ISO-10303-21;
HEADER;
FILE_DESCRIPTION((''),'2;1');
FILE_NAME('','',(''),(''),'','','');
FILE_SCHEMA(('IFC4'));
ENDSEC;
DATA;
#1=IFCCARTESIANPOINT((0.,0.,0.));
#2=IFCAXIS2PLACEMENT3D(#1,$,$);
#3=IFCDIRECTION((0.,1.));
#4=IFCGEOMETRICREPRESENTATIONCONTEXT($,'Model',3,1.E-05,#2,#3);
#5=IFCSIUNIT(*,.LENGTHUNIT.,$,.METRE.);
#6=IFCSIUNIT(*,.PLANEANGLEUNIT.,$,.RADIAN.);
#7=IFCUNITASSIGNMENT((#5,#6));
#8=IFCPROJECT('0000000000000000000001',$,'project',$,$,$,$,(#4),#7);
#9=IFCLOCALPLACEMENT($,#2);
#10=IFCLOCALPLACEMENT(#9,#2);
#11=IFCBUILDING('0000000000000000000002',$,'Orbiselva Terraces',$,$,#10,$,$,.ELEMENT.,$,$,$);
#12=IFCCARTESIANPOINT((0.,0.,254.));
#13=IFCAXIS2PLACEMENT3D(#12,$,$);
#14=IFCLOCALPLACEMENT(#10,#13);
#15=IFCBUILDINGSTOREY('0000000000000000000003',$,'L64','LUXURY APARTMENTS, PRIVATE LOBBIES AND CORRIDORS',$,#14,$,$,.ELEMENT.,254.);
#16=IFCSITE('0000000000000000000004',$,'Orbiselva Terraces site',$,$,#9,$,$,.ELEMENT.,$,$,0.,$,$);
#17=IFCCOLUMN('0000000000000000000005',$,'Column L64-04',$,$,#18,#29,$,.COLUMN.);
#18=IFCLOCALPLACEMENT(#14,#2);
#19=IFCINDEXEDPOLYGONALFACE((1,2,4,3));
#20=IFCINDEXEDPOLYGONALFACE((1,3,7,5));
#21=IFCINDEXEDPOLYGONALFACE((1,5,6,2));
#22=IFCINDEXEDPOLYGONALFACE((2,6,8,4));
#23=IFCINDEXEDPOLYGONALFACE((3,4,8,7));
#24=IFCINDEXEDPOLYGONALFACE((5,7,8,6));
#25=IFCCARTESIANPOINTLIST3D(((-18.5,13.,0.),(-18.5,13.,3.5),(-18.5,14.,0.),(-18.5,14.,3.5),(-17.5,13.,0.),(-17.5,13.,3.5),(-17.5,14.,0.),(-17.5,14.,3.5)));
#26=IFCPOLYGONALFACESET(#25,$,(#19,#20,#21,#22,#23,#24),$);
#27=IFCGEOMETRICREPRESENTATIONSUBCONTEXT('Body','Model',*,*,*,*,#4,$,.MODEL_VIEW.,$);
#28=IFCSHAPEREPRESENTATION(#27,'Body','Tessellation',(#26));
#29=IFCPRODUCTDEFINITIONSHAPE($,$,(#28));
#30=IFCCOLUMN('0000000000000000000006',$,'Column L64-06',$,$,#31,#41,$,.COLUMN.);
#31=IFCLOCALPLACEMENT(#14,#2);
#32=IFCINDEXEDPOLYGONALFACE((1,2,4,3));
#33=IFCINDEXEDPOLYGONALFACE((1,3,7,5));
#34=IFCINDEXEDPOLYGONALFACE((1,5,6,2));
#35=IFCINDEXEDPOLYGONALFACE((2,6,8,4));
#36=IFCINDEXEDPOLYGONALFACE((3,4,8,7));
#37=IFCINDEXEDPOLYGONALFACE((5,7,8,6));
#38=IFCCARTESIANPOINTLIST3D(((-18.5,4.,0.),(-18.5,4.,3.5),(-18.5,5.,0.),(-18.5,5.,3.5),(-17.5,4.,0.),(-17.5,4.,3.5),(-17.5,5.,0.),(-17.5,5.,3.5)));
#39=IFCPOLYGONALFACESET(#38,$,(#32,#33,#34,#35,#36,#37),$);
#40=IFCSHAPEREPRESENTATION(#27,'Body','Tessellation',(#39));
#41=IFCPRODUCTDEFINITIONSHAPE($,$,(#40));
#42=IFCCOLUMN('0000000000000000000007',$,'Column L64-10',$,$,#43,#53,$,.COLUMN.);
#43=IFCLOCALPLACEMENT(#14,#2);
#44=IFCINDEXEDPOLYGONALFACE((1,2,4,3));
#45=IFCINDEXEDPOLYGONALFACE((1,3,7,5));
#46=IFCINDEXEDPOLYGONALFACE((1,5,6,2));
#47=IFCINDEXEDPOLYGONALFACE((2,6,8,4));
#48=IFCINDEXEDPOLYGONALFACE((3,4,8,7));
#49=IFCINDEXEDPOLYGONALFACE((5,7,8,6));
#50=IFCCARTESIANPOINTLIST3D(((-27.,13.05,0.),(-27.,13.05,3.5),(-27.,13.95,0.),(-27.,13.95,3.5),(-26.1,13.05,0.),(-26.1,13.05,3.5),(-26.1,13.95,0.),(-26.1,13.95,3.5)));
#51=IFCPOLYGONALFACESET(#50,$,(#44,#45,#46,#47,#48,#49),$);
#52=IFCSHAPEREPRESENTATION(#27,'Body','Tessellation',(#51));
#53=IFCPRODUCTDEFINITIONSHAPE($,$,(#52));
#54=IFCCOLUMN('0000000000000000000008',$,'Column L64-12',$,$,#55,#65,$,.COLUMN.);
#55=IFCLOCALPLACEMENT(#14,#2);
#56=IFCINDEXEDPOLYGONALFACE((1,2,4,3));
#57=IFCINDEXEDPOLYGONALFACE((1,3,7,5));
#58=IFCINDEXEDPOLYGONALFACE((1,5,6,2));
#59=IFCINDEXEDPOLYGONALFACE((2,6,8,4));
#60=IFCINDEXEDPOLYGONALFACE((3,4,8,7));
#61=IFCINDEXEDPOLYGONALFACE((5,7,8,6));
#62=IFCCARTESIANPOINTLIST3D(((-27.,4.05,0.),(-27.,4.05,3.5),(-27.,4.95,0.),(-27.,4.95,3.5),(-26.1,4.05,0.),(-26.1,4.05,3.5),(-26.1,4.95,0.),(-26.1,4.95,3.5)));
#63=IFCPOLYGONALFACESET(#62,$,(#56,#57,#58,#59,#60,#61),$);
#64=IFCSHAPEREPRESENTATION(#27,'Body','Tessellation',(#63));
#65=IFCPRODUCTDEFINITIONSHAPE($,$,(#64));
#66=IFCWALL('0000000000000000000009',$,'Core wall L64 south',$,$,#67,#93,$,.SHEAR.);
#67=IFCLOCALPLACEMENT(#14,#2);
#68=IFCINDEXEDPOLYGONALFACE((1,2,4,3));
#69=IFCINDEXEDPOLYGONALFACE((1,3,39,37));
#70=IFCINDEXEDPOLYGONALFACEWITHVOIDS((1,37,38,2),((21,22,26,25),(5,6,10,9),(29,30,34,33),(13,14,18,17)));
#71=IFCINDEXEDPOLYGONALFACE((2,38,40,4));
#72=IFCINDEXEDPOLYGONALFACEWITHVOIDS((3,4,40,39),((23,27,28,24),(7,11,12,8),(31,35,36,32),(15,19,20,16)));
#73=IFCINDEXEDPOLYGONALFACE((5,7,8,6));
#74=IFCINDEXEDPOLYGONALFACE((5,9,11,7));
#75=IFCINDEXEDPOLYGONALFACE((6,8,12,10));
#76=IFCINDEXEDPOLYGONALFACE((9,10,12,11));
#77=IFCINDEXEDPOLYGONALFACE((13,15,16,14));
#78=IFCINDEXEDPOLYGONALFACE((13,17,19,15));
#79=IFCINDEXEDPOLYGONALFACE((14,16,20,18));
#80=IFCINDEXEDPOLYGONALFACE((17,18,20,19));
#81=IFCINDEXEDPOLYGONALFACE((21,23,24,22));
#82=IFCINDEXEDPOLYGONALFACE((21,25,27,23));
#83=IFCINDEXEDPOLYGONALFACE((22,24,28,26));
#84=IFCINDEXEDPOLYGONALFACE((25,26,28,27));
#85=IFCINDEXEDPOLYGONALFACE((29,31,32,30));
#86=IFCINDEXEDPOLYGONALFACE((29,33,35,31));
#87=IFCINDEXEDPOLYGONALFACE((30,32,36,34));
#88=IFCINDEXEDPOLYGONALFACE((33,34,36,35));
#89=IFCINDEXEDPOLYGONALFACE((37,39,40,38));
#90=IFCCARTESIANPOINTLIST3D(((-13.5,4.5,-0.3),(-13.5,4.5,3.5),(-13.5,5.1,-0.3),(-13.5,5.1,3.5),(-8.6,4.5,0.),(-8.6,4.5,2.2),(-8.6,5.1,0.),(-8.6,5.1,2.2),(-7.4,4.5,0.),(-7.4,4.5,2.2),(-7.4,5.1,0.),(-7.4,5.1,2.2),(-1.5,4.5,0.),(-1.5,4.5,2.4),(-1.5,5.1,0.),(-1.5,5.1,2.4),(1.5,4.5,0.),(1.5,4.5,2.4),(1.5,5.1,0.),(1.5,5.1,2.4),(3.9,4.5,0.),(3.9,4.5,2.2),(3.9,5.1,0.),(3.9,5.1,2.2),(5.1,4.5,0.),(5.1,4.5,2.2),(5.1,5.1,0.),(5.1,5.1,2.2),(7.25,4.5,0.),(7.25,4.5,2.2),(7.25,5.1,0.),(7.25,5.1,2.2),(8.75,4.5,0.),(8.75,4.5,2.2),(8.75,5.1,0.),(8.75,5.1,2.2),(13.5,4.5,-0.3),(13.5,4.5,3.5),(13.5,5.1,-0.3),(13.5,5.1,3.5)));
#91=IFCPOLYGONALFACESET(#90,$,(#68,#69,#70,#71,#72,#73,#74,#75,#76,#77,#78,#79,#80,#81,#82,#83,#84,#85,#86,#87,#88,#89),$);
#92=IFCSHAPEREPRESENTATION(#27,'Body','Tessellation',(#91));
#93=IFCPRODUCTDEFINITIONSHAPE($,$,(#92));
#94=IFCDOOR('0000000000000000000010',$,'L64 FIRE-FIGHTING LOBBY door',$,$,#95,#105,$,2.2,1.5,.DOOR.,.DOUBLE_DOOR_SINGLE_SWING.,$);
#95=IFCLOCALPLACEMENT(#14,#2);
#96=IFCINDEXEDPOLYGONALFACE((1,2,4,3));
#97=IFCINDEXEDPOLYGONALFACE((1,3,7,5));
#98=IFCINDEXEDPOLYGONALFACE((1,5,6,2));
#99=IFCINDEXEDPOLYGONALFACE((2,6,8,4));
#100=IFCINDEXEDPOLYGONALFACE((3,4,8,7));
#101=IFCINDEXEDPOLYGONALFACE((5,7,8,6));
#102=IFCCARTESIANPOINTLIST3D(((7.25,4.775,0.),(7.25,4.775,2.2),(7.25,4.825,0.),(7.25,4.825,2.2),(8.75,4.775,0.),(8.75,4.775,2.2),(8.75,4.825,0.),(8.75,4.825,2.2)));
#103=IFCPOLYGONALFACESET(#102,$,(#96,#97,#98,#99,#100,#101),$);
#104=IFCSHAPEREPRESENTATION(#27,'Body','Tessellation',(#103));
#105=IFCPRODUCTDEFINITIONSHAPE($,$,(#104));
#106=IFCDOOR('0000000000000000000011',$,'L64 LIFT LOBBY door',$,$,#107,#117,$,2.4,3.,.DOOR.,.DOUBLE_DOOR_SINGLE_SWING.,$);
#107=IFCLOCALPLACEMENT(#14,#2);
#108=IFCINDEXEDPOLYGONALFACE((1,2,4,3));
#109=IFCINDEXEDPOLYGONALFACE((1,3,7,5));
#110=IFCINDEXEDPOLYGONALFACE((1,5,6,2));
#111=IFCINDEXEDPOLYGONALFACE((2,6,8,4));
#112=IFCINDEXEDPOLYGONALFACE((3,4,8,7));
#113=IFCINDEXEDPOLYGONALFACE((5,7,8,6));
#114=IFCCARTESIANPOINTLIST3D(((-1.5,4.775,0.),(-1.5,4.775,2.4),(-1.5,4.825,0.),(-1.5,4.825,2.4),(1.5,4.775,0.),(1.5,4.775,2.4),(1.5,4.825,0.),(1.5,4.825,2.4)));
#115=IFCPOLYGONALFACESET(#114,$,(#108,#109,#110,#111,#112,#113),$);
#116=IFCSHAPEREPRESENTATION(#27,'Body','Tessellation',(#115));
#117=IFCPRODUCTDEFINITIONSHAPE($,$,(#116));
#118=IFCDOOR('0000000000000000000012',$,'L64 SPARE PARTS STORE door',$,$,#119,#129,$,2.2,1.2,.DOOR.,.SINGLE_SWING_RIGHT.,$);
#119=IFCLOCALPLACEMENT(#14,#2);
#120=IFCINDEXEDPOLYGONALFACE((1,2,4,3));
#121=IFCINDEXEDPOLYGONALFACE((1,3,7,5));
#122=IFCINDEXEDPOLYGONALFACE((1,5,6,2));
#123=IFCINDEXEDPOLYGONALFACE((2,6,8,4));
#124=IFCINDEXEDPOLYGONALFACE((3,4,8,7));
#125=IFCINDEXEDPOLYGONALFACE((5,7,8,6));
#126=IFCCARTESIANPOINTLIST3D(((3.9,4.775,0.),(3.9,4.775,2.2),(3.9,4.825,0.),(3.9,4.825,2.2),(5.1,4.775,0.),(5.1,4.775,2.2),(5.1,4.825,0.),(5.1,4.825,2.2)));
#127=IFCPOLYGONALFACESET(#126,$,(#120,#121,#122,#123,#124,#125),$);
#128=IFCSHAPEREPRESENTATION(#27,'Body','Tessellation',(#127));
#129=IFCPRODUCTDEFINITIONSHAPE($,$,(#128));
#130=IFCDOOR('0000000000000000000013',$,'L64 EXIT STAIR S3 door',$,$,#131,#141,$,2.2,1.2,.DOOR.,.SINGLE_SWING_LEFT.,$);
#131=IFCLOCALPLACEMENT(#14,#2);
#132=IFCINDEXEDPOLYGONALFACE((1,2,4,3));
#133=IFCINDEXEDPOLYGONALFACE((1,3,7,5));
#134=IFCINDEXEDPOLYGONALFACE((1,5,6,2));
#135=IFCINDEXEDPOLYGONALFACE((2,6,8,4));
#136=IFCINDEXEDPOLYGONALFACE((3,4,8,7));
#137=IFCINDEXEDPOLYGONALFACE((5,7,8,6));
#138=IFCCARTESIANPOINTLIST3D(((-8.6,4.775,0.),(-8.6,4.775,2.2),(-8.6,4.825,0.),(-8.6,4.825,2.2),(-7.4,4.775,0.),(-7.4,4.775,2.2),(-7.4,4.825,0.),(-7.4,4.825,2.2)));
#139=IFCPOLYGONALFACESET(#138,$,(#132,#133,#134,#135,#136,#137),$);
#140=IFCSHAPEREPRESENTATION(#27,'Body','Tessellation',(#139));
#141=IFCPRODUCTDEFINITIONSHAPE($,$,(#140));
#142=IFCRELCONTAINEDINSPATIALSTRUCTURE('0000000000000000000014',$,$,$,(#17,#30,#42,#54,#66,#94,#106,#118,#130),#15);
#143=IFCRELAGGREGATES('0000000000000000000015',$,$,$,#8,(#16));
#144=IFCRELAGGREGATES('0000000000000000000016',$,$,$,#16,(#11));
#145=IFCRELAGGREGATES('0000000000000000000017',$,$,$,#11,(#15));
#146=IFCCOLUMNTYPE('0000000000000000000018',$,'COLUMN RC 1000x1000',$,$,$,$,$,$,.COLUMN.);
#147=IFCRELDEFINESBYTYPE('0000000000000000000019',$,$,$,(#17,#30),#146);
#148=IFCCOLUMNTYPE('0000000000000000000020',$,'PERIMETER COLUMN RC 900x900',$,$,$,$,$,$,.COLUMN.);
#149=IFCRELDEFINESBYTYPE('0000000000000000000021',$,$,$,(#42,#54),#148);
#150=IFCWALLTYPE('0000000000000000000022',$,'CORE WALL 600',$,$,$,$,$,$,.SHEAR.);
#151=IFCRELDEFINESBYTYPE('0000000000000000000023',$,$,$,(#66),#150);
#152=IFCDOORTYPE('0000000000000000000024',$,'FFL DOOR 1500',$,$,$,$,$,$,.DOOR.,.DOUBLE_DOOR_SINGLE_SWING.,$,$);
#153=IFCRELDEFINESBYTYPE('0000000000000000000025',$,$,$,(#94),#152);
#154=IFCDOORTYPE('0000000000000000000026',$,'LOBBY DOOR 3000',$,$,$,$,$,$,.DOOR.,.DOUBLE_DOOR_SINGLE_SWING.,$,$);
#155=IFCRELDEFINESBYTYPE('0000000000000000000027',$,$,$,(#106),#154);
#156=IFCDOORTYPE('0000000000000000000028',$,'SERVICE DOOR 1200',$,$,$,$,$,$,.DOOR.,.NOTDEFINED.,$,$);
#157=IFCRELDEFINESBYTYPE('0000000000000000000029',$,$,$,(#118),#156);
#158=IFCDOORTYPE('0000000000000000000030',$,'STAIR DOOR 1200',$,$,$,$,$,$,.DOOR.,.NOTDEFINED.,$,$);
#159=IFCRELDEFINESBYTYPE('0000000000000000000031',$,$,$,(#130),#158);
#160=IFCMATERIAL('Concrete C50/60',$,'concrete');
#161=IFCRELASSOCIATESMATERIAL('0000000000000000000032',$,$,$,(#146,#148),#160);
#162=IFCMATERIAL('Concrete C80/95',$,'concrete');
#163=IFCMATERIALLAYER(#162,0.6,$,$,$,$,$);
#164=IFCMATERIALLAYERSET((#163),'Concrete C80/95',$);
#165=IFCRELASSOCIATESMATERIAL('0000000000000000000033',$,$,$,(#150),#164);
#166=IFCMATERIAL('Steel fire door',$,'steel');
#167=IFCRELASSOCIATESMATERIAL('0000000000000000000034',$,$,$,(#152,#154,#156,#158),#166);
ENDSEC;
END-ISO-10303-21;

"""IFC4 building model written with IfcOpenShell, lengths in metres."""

from ifc_helpers import new_model, si_unit, direction, frame, frame_2d, origin, origin_2d, place, context, subcontext, project, spatial, rectangle, extrude, material, layer, layer_set, material_profile, profile_set, type_object, element, fill, save


model = new_model("IFC4")

# Units and contexts
model_context = context("Model", 3, precision=1e-05, world=origin(), true_north=direction((0.0, 1.0)))
body_context = subcontext(model_context, "Body", "Model", "MODEL_VIEW")
ifc_project = project(units=[si_unit("LENGTHUNIT", "METRE"), si_unit("PLANEANGLEUNIT", "RADIAN")], contexts=[model_context])

# Site, building, storey
site_placement = place(None, origin())
site = spatial("IfcSite", under=ifc_project, at=site_placement, Name="Orbiselva Terraces site", CompositionType="ELEMENT", RefElevation=0.0)
building_placement = place(site_placement, origin())
building = spatial("IfcBuilding", under=site, at=building_placement, Name="Orbiselva Terraces", CompositionType="ELEMENT")
storey_placement = place(building_placement, frame((0.0, 0.0, 254.0)))
storey = spatial("IfcBuildingStorey", under=building, at=storey_placement, Name="L64", Description="LUXURY APARTMENTS, PRIVATE LOBBIES AND CORRIDORS", CompositionType="ELEMENT", Elevation=254.0)

# Columns
ifc_material_1 = material(Name="Concrete C50/60", Category="concrete")
ifc_material_profile_1 = material_profile(ifc_material_1, rectangle(XDim=1.0, YDim=1.0, at=origin_2d()), Name="RC 1000x1000")
ifc_profile_set_1 = profile_set([ifc_material_profile_1], Name="Concrete C50/60")
column_type_1 = type_object("IfcColumnType", Name="COLUMN RC 1000x1000", PredefinedType="COLUMN", material=ifc_profile_set_1)
for number, where, z_axis, x_axis, name in (
    (1, (-18.0, 13.5, 0.0), (0.0, 0.0, 1.0), (1.0, 0.0, 0.0), "Column L64-04"),
    (2, (-18.0, 4.5, 0.0), (0.0, 0.0, 1.0), (1.0, 0.0, 0.0), "Column L64-06"),
):
    element("IfcColumn", number, at=place(storey_placement, frame(where, z_axis=z_axis, x_axis=x_axis)), inside=storey, type_object=column_type_1, Name=name, PredefinedType="COLUMN", context=body_context, shape_type="SweptSolid", body=[
        extrude(rectangle(XDim=1.0, YDim=1.0, at=origin_2d()), origin(), (0.0, 0.0, 1.0), 3.5),
    ])
ifc_material_profile_2 = material_profile(ifc_material_1, rectangle(XDim=0.9, YDim=0.9, at=origin_2d()), Name="RC 900x900")
ifc_profile_set_2 = profile_set([ifc_material_profile_2], Name="Concrete C50/60")
column_type_2 = type_object("IfcColumnType", Name="PERIMETER COLUMN RC 900x900", PredefinedType="COLUMN", material=ifc_profile_set_2)
for number, where, z_axis, x_axis, name in (
    (3, (-26.55, 13.5, 0.0), (0.0, 0.0, 1.0), (1.0, 0.0, 0.0), "Column L64-10"),
    (4, (-26.55, 4.5, 0.0), (0.0, 0.0, 1.0), (1.0, 0.0, 0.0), "Column L64-12"),
):
    element("IfcColumn", number, at=place(storey_placement, frame(where, z_axis=z_axis, x_axis=x_axis)), inside=storey, type_object=column_type_2, Name=name, PredefinedType="COLUMN", context=body_context, shape_type="SweptSolid", body=[
        extrude(rectangle(XDim=0.9, YDim=0.9, at=origin_2d()), origin(), (0.0, 0.0, 1.0), 3.5),
    ])

# Wall, openings, doors
ifc_material_2 = material(Name="Concrete C80/95", Category="concrete")
ifc_layer_1 = layer(ifc_material_2, 0.6)
ifc_layer_set_1 = layer_set([ifc_layer_1], Name="Concrete C80/95")
wall_type_1 = type_object("IfcWallType", Name="CORE WALL 600", PredefinedType="SHEAR", material=ifc_layer_set_1)
wall_1_placement = place(storey_placement, frame((-13.5, 4.8, -0.3), z_axis=(0.0, 0.0, 1.0), x_axis=(1.0, 0.0, 0.0)))
wall_1 = element("IfcWall", 5, at=wall_1_placement, inside=storey, type_object=wall_type_1, Name="Core wall L64 south", PredefinedType="SHEAR", context=body_context, shape_type="SweptSolid", body=[
    extrude(rectangle(XDim=27.0, YDim=0.6, at=frame_2d((13.5, 0.0))), origin(), (0.0, 0.0, 1.0), 3.8),
])
opening_1_placement = place(wall_1_placement, frame((12.0, 0.0, 0.3)))
opening_1 = element("IfcOpeningElement", 6, at=opening_1_placement, cuts=wall_1, PredefinedType="OPENING", context=body_context, shape_type="SweptSolid", body=[
    extrude(rectangle(XDim=3.0, YDim=2.4, at=frame_2d((1.5, 1.2))), frame((0.0, 0.31, 0.0), z_axis=(0.0, -1.0, 0.0), x_axis=(1.0, 0.0, 0.0)), (0.0, 0.0, 1.0), 0.62),
])
opening_2_placement = place(wall_1_placement, frame((4.9, 0.0, 0.3)))
opening_2 = element("IfcOpeningElement", 7, at=opening_2_placement, cuts=wall_1, PredefinedType="OPENING", context=body_context, shape_type="SweptSolid", body=[
    extrude(rectangle(XDim=1.2, YDim=2.2, at=frame_2d((0.6, 1.1))), frame((0.0, 0.31, 0.0), z_axis=(0.0, -1.0, 0.0), x_axis=(1.0, 0.0, 0.0)), (0.0, 0.0, 1.0), 0.62),
])
opening_3_placement = place(wall_1_placement, frame((20.75, 0.0, 0.3)))
opening_3 = element("IfcOpeningElement", 8, at=opening_3_placement, cuts=wall_1, PredefinedType="OPENING", context=body_context, shape_type="SweptSolid", body=[
    extrude(rectangle(XDim=1.5, YDim=2.2, at=frame_2d((0.75, 1.1))), frame((0.0, 0.31, 0.0), z_axis=(0.0, -1.0, 0.0), x_axis=(1.0, 0.0, 0.0)), (0.0, 0.0, 1.0), 0.62),
])
opening_4_placement = place(wall_1_placement, frame((17.4, 0.0, 0.3)))
opening_4 = element("IfcOpeningElement", 9, at=opening_4_placement, cuts=wall_1, PredefinedType="OPENING", context=body_context, shape_type="SweptSolid", body=[
    extrude(rectangle(XDim=1.2, YDim=2.2, at=frame_2d((0.6, 1.1))), frame((0.0, 0.31, 0.0), z_axis=(0.0, -1.0, 0.0), x_axis=(1.0, 0.0, 0.0)), (0.0, 0.0, 1.0), 0.62),
])
ifc_material_3 = material(Name="Steel fire door", Category="steel")
door_type_1 = type_object("IfcDoorType", Name="FFL DOOR 1500", OperationType="DOUBLE_DOOR_SINGLE_SWING", PredefinedType="DOOR", material=ifc_material_3)
door_1_placement = place(opening_3_placement, frame((1.5, 0.0, 0.0), z_axis=(0.0, 0.0, 1.0), x_axis=(-1.0, 0.0, 0.0)))
door_1 = element("IfcDoor", 10, at=door_1_placement, inside=storey, type_object=door_type_1, Name="L64 FIRE-FIGHTING LOBBY door", OperationType="DOUBLE_DOOR_SINGLE_SWING", OverallHeight=2.2, OverallWidth=1.5, PredefinedType="DOOR", context=body_context, shape_type="SweptSolid", body=[
    extrude(rectangle(XDim=1.5, YDim=2.2, at=frame_2d((0.75, 1.1))), frame((0.0, 0.025, 0.0), z_axis=(0.0, -1.0, 0.0), x_axis=(1.0, 0.0, 0.0)), (0.0, 0.0, 1.0), 0.05),
])
fill(opening_3, door_1)
door_type_2 = type_object("IfcDoorType", Name="LOBBY DOOR 3000", OperationType="DOUBLE_DOOR_SINGLE_SWING", PredefinedType="DOOR", material=ifc_material_3)
door_2_placement = place(opening_1_placement, frame((3.0, 0.0, 0.0), z_axis=(0.0, 0.0, 1.0), x_axis=(-1.0, 0.0, 0.0)))
door_2 = element("IfcDoor", 11, at=door_2_placement, inside=storey, type_object=door_type_2, Name="L64 LIFT LOBBY door", OperationType="DOUBLE_DOOR_SINGLE_SWING", OverallHeight=2.4, OverallWidth=3.0, PredefinedType="DOOR", context=body_context, shape_type="SweptSolid", body=[
    extrude(rectangle(XDim=3.0, YDim=2.4, at=frame_2d((1.5, 1.2))), frame((0.0, 0.025, 0.0), z_axis=(0.0, -1.0, 0.0), x_axis=(1.0, 0.0, 0.0)), (0.0, 0.0, 1.0), 0.05),
])
fill(opening_1, door_2)
door_type_3 = type_object("IfcDoorType", Name="SERVICE DOOR 1200", OperationType="NOTDEFINED", PredefinedType="DOOR", material=ifc_material_3)
door_3_placement = place(opening_4_placement, frame((1.2, 0.0, 0.0), z_axis=(0.0, 0.0, 1.0), x_axis=(-1.0, 0.0, 0.0)))
door_3 = element("IfcDoor", 12, at=door_3_placement, inside=storey, type_object=door_type_3, Name="L64 SPARE PARTS STORE door", OperationType="SINGLE_SWING_RIGHT", OverallHeight=2.2, OverallWidth=1.2, PredefinedType="DOOR", context=body_context, shape_type="SweptSolid", body=[
    extrude(rectangle(XDim=1.2, YDim=2.2, at=frame_2d((0.6, 1.1))), frame((0.0, 0.025, 0.0), z_axis=(0.0, -1.0, 0.0), x_axis=(1.0, 0.0, 0.0)), (0.0, 0.0, 1.0), 0.05),
])
fill(opening_4, door_3)
door_type_4 = type_object("IfcDoorType", Name="STAIR DOOR 1200", OperationType="NOTDEFINED", PredefinedType="DOOR", material=ifc_material_3)
door_4_placement = place(opening_2_placement, frame((1.2, 0.0, 0.0), z_axis=(0.0, 0.0, 1.0), x_axis=(-1.0, 0.0, 0.0)))
door_4 = element("IfcDoor", 13, at=door_4_placement, inside=storey, type_object=door_type_4, Name="L64 EXIT STAIR S3 door", OperationType="SINGLE_SWING_LEFT", OverallHeight=2.2, OverallWidth=1.2, PredefinedType="DOOR", context=body_context, shape_type="SweptSolid", body=[
    extrude(rectangle(XDim=1.2, YDim=2.2, at=frame_2d((0.6, 1.1))), frame((0.0, 0.025, 0.0), z_axis=(0.0, -1.0, 0.0), x_axis=(1.0, 0.0, 0.0)), (0.0, 0.0, 1.0), 0.05),
])
fill(opening_2, door_4)

save(model, "model.ifc")
